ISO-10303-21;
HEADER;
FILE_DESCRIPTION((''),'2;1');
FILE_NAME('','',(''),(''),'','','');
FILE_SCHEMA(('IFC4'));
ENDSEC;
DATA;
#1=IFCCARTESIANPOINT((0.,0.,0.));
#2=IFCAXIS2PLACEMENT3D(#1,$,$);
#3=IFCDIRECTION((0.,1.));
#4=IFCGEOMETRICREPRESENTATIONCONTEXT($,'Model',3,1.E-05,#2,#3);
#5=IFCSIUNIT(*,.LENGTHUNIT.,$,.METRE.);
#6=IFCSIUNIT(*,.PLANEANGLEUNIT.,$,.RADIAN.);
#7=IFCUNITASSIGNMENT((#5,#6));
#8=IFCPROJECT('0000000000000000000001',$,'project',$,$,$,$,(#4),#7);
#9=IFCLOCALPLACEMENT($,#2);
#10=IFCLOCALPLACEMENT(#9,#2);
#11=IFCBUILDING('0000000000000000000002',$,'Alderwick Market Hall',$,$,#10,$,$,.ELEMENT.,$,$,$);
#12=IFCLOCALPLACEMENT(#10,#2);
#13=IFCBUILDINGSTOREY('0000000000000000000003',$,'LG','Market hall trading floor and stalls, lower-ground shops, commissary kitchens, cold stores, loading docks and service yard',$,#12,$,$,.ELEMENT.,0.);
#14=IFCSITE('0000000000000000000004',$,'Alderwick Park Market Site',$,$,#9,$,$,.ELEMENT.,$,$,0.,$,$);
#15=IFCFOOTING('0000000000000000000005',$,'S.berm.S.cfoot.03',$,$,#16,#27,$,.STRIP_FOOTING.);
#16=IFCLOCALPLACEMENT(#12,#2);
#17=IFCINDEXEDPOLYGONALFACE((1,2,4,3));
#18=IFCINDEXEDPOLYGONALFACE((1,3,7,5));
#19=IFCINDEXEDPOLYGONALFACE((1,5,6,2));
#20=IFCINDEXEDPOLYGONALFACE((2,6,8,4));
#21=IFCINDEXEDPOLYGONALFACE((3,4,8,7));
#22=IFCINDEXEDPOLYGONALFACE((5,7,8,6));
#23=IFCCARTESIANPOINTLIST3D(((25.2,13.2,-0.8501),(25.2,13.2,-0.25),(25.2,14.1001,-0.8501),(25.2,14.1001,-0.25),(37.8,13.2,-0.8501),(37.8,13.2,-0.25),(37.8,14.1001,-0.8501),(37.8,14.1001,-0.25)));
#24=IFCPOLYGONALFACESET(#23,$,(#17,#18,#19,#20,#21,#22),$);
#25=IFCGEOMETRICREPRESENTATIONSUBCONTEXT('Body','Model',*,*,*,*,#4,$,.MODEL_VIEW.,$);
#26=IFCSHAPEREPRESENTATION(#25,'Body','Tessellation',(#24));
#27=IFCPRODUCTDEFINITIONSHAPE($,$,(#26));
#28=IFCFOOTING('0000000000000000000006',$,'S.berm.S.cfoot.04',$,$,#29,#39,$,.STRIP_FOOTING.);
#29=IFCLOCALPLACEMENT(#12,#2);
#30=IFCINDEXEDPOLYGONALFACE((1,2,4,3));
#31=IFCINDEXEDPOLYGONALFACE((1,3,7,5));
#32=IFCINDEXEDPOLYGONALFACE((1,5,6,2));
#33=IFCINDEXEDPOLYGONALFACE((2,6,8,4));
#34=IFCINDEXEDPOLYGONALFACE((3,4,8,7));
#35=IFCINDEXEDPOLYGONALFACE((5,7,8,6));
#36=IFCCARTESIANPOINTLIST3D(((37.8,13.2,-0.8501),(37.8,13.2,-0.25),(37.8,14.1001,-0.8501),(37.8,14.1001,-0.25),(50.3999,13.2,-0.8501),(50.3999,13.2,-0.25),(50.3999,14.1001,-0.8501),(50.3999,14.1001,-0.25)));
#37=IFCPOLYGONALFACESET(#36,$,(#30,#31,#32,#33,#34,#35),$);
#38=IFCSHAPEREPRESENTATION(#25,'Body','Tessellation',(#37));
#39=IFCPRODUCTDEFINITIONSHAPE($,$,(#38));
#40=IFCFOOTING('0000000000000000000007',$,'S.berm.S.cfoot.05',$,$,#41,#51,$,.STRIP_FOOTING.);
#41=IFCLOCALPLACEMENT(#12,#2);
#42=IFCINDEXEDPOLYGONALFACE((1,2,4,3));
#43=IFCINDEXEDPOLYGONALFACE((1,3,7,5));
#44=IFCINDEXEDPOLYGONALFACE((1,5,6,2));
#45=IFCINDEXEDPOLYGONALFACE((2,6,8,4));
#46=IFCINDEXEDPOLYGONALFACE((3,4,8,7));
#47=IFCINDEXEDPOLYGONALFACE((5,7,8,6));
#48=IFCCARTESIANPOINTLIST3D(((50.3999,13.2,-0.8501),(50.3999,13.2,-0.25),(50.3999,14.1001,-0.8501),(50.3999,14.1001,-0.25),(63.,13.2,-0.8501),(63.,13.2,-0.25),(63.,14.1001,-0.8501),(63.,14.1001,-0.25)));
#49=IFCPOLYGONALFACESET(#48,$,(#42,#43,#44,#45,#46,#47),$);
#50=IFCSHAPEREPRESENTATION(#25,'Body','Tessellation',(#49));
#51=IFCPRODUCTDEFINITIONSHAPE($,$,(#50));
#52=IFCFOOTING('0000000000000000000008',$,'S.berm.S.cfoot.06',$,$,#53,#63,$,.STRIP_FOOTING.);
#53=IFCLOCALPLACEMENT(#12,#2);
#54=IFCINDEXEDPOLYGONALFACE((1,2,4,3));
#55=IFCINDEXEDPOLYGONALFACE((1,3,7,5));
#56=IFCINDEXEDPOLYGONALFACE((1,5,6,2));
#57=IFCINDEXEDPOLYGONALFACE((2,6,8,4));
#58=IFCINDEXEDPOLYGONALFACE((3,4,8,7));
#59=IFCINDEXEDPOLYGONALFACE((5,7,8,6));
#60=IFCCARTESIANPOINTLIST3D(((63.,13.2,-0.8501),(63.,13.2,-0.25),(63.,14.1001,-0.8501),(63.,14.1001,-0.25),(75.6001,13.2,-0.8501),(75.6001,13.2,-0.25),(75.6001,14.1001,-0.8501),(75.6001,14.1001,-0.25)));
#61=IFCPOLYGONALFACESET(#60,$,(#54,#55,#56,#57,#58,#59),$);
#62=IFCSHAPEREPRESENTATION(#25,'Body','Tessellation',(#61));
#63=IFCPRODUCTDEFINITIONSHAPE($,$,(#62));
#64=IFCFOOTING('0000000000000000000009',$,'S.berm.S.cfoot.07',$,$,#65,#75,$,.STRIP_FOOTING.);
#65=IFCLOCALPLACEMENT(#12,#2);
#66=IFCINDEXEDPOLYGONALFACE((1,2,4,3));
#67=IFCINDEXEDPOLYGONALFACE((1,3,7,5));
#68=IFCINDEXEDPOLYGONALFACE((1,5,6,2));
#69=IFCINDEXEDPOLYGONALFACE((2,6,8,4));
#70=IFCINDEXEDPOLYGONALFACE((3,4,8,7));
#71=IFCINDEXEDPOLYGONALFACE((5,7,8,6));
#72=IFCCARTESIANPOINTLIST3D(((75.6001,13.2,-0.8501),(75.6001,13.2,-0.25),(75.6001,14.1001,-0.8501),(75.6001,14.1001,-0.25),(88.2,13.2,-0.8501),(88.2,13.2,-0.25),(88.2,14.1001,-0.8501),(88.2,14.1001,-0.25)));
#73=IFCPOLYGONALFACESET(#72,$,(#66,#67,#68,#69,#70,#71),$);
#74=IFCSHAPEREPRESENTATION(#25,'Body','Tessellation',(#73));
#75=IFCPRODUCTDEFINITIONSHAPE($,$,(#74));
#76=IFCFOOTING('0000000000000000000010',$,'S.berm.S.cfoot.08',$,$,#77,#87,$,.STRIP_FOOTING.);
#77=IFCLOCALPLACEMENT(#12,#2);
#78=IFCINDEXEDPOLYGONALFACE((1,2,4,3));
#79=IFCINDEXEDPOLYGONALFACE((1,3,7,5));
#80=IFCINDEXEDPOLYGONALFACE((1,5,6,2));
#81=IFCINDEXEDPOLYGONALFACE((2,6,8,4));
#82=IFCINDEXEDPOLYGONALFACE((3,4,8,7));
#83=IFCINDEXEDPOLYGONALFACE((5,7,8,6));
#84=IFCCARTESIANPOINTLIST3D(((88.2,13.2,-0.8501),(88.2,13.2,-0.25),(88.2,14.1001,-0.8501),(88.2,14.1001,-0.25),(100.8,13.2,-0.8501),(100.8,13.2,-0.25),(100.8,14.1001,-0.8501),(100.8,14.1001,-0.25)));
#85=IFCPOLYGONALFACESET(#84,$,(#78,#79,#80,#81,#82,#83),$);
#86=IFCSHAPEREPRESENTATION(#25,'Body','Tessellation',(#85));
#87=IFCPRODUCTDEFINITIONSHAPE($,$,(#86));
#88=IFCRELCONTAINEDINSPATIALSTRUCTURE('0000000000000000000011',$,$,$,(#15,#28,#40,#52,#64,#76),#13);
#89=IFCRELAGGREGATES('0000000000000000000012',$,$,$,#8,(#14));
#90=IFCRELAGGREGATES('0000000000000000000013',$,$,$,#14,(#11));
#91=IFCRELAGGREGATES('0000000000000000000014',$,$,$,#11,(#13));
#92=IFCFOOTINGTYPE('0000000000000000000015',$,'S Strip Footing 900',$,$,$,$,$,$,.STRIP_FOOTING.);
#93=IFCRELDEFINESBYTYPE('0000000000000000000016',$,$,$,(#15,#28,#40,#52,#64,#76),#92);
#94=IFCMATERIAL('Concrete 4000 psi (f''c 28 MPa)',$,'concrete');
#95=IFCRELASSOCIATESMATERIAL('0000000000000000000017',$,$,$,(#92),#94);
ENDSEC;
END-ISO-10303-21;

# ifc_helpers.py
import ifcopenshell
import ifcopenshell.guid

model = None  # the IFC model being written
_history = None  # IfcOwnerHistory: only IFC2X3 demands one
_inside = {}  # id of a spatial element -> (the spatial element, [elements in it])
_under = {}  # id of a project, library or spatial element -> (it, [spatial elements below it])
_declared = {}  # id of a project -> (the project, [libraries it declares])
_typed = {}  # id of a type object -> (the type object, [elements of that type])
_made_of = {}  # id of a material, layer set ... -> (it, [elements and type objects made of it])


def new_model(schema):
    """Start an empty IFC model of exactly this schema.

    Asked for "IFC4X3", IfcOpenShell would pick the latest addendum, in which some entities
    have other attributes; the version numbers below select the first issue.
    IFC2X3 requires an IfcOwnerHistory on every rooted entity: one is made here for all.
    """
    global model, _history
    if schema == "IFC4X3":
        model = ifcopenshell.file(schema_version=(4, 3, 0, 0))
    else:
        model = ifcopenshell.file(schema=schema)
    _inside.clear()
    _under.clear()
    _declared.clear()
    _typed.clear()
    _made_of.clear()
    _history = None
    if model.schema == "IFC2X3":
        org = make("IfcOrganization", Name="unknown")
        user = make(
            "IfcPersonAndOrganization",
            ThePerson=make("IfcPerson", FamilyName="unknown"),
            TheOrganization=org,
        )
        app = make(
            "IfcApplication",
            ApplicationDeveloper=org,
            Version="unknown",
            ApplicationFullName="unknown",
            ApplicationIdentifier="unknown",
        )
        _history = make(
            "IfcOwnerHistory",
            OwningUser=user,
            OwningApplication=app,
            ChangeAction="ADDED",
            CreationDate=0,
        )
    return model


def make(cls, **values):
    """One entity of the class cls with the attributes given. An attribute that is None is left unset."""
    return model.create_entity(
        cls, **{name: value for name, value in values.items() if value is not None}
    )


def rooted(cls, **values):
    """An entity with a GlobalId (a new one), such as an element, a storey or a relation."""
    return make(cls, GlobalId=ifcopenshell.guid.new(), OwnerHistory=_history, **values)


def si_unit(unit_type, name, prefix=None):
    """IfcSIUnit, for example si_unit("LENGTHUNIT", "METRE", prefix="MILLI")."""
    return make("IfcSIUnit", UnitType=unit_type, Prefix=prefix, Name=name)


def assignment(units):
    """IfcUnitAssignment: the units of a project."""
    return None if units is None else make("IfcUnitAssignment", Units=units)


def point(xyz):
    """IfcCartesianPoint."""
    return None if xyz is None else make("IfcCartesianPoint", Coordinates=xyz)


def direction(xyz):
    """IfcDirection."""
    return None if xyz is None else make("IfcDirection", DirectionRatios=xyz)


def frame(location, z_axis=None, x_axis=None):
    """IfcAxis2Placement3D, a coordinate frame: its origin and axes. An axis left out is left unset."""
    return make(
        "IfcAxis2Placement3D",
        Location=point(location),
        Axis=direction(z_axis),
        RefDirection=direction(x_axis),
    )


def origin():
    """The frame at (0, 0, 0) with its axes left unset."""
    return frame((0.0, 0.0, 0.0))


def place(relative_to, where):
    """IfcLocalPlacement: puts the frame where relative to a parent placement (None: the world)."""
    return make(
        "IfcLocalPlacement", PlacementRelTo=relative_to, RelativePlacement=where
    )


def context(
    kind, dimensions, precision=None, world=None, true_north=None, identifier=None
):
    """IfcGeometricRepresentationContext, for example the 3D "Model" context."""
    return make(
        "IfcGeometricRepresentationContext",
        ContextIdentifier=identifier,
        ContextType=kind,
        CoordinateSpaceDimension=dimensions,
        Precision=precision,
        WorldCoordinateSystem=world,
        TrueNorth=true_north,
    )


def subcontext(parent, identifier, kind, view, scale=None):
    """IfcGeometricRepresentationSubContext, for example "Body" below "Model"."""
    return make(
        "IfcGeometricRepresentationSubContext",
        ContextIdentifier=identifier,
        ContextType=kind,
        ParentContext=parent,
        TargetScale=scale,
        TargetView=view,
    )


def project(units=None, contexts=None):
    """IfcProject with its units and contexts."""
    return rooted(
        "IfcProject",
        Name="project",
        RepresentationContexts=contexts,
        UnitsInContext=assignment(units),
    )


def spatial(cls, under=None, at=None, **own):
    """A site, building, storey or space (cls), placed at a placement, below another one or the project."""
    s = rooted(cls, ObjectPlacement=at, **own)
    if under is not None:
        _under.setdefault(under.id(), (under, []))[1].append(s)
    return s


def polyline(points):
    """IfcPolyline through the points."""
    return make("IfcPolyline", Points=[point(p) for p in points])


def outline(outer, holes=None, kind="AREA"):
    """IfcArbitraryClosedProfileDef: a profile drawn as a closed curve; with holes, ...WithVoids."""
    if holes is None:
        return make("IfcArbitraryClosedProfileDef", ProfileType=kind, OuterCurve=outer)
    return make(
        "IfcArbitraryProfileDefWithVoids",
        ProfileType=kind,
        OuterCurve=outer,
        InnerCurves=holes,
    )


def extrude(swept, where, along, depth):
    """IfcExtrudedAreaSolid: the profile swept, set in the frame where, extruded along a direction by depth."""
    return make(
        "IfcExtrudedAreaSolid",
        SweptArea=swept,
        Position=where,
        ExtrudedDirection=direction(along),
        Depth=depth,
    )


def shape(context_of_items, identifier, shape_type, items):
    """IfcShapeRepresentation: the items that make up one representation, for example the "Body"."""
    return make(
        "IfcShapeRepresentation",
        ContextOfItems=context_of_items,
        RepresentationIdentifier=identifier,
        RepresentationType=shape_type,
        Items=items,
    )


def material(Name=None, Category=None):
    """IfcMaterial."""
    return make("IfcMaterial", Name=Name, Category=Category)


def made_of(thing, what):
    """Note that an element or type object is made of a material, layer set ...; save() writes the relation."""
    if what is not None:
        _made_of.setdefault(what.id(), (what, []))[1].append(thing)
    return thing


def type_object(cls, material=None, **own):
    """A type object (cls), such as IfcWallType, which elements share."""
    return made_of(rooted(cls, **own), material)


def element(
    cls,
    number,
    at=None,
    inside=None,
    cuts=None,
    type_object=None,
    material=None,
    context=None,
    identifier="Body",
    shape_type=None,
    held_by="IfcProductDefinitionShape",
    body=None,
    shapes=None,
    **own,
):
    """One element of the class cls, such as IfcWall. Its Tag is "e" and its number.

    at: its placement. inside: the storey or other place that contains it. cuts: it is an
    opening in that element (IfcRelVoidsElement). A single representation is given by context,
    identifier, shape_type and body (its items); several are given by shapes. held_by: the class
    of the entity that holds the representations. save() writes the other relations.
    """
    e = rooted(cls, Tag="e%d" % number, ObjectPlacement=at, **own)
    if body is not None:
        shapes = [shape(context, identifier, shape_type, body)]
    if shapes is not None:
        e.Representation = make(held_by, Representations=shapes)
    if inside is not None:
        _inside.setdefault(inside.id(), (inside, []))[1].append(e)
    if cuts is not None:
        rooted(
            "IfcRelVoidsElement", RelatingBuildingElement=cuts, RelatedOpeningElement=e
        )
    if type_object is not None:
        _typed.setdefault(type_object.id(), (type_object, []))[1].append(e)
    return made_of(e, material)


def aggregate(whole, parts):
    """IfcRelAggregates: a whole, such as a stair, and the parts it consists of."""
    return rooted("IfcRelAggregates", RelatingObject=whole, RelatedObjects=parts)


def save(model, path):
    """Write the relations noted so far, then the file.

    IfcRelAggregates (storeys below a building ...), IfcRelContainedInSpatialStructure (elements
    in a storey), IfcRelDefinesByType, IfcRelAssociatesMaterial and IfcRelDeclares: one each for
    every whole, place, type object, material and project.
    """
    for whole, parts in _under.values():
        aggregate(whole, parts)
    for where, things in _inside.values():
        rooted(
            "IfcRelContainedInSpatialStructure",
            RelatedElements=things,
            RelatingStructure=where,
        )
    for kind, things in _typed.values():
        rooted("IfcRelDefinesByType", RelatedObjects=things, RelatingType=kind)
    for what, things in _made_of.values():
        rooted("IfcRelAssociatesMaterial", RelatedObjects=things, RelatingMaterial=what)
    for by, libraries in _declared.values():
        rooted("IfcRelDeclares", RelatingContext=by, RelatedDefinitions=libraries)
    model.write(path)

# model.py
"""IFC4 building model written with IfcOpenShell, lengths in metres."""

from ifc_helpers import new_model, si_unit, direction, frame, origin, place, context, subcontext, project, spatial, polyline, outline, extrude, material, type_object, element, save


model = new_model("IFC4")

# Units and contexts
model_context = context("Model", 3, precision=1e-05, world=origin(), true_north=direction((0.0, 1.0)))
body_context = subcontext(model_context, "Body", "Model", "MODEL_VIEW")
ifc_project = project(units=[si_unit("LENGTHUNIT", "METRE"), si_unit("PLANEANGLEUNIT", "RADIAN")], contexts=[model_context])

# Site, building, storey
site_placement = place(None, origin())
site = spatial("IfcSite", under=ifc_project, at=site_placement, Name="Alderwick Park Market Site", CompositionType="ELEMENT", RefElevation=0.0)
building_placement = place(site_placement, origin())
building = spatial("IfcBuilding", under=site, at=building_placement, Name="Alderwick Market Hall", CompositionType="ELEMENT")
storey_placement = place(building_placement, origin())
storey = spatial("IfcBuildingStorey", under=building, at=storey_placement, Name="LG", Description="Market hall trading floor and stalls, lower-ground shops, commissary kitchens, cold stores, loading docks and service yard", CompositionType="ELEMENT", Elevation=0.0)

# Footings
ifc_material = material(Name="Concrete 4000 psi (f'c 28 MPa)", Category="concrete")
footing_type = type_object("IfcFootingType", Name="S Strip Footing 900", PredefinedType="STRIP_FOOTING", material=ifc_material)
footing_1_placement = place(storey_placement, frame((0.0, 0.0, -0.8501)))
element("IfcFooting", 1, at=footing_1_placement, inside=storey, type_object=footing_type, Name="S.berm.S.cfoot.03", PredefinedType="STRIP_FOOTING", context=body_context, shape_type="SweptSolid", body=[
    extrude(outline(polyline([(37.8, 13.2), (37.8, 14.1001), (25.2, 14.1001), (25.2, 13.2), (37.8, 13.2)])), origin(), (0.0, 0.0, 1.0), 0.6001),
])
footing_2_placement = place(storey_placement, frame((0.0, 0.0, -0.8501)))
element("IfcFooting", 2, at=footing_2_placement, inside=storey, type_object=footing_type, Name="S.berm.S.cfoot.04", PredefinedType="STRIP_FOOTING", context=body_context, shape_type="SweptSolid", body=[
    extrude(outline(polyline([(50.3999, 13.2), (50.3999, 14.1001), (37.8, 14.1001), (37.8, 13.2), (50.3999, 13.2)])), origin(), (0.0, 0.0, 1.0), 0.6001),
])
footing_3_placement = place(storey_placement, frame((0.0, 0.0, -0.8501)))
element("IfcFooting", 3, at=footing_3_placement, inside=storey, type_object=footing_type, Name="S.berm.S.cfoot.05", PredefinedType="STRIP_FOOTING", context=body_context, shape_type="SweptSolid", body=[
    extrude(outline(polyline([(63.0, 13.2), (63.0, 14.1001), (50.3999, 14.1001), (50.3999, 13.2), (63.0, 13.2)])), origin(), (0.0, 0.0, 1.0), 0.6001),
])
footing_4_placement = place(storey_placement, frame((0.0, 0.0, -0.8501)))
element("IfcFooting", 4, at=footing_4_placement, inside=storey, type_object=footing_type, Name="S.berm.S.cfoot.06", PredefinedType="STRIP_FOOTING", context=body_context, shape_type="SweptSolid", body=[
    extrude(outline(polyline([(75.6001, 13.2), (75.6001, 14.1001), (63.0, 14.1001), (63.0, 13.2), (75.6001, 13.2)])), origin(), (0.0, 0.0, 1.0), 0.6001),
])
footing_5_placement = place(storey_placement, frame((0.0, 0.0, -0.8501)))
element("IfcFooting", 5, at=footing_5_placement, inside=storey, type_object=footing_type, Name="S.berm.S.cfoot.07", PredefinedType="STRIP_FOOTING", context=body_context, shape_type="SweptSolid", body=[
    extrude(outline(polyline([(88.2, 13.2), (88.2, 14.1001), (75.6001, 14.1001), (75.6001, 13.2), (88.2, 13.2)])), origin(), (0.0, 0.0, 1.0), 0.6001),
])
footing_6_placement = place(storey_placement, frame((0.0, 0.0, -0.8501)))
element("IfcFooting", 6, at=footing_6_placement, inside=storey, type_object=footing_type, Name="S.berm.S.cfoot.08", PredefinedType="STRIP_FOOTING", context=body_context, shape_type="SweptSolid", body=[
    extrude(outline(polyline([(100.8, 13.2), (100.8, 14.1001), (88.2, 14.1001), (88.2, 13.2), (100.8, 13.2)])), origin(), (0.0, 0.0, 1.0), 0.6001),
])

save(model, "model.ifc")
